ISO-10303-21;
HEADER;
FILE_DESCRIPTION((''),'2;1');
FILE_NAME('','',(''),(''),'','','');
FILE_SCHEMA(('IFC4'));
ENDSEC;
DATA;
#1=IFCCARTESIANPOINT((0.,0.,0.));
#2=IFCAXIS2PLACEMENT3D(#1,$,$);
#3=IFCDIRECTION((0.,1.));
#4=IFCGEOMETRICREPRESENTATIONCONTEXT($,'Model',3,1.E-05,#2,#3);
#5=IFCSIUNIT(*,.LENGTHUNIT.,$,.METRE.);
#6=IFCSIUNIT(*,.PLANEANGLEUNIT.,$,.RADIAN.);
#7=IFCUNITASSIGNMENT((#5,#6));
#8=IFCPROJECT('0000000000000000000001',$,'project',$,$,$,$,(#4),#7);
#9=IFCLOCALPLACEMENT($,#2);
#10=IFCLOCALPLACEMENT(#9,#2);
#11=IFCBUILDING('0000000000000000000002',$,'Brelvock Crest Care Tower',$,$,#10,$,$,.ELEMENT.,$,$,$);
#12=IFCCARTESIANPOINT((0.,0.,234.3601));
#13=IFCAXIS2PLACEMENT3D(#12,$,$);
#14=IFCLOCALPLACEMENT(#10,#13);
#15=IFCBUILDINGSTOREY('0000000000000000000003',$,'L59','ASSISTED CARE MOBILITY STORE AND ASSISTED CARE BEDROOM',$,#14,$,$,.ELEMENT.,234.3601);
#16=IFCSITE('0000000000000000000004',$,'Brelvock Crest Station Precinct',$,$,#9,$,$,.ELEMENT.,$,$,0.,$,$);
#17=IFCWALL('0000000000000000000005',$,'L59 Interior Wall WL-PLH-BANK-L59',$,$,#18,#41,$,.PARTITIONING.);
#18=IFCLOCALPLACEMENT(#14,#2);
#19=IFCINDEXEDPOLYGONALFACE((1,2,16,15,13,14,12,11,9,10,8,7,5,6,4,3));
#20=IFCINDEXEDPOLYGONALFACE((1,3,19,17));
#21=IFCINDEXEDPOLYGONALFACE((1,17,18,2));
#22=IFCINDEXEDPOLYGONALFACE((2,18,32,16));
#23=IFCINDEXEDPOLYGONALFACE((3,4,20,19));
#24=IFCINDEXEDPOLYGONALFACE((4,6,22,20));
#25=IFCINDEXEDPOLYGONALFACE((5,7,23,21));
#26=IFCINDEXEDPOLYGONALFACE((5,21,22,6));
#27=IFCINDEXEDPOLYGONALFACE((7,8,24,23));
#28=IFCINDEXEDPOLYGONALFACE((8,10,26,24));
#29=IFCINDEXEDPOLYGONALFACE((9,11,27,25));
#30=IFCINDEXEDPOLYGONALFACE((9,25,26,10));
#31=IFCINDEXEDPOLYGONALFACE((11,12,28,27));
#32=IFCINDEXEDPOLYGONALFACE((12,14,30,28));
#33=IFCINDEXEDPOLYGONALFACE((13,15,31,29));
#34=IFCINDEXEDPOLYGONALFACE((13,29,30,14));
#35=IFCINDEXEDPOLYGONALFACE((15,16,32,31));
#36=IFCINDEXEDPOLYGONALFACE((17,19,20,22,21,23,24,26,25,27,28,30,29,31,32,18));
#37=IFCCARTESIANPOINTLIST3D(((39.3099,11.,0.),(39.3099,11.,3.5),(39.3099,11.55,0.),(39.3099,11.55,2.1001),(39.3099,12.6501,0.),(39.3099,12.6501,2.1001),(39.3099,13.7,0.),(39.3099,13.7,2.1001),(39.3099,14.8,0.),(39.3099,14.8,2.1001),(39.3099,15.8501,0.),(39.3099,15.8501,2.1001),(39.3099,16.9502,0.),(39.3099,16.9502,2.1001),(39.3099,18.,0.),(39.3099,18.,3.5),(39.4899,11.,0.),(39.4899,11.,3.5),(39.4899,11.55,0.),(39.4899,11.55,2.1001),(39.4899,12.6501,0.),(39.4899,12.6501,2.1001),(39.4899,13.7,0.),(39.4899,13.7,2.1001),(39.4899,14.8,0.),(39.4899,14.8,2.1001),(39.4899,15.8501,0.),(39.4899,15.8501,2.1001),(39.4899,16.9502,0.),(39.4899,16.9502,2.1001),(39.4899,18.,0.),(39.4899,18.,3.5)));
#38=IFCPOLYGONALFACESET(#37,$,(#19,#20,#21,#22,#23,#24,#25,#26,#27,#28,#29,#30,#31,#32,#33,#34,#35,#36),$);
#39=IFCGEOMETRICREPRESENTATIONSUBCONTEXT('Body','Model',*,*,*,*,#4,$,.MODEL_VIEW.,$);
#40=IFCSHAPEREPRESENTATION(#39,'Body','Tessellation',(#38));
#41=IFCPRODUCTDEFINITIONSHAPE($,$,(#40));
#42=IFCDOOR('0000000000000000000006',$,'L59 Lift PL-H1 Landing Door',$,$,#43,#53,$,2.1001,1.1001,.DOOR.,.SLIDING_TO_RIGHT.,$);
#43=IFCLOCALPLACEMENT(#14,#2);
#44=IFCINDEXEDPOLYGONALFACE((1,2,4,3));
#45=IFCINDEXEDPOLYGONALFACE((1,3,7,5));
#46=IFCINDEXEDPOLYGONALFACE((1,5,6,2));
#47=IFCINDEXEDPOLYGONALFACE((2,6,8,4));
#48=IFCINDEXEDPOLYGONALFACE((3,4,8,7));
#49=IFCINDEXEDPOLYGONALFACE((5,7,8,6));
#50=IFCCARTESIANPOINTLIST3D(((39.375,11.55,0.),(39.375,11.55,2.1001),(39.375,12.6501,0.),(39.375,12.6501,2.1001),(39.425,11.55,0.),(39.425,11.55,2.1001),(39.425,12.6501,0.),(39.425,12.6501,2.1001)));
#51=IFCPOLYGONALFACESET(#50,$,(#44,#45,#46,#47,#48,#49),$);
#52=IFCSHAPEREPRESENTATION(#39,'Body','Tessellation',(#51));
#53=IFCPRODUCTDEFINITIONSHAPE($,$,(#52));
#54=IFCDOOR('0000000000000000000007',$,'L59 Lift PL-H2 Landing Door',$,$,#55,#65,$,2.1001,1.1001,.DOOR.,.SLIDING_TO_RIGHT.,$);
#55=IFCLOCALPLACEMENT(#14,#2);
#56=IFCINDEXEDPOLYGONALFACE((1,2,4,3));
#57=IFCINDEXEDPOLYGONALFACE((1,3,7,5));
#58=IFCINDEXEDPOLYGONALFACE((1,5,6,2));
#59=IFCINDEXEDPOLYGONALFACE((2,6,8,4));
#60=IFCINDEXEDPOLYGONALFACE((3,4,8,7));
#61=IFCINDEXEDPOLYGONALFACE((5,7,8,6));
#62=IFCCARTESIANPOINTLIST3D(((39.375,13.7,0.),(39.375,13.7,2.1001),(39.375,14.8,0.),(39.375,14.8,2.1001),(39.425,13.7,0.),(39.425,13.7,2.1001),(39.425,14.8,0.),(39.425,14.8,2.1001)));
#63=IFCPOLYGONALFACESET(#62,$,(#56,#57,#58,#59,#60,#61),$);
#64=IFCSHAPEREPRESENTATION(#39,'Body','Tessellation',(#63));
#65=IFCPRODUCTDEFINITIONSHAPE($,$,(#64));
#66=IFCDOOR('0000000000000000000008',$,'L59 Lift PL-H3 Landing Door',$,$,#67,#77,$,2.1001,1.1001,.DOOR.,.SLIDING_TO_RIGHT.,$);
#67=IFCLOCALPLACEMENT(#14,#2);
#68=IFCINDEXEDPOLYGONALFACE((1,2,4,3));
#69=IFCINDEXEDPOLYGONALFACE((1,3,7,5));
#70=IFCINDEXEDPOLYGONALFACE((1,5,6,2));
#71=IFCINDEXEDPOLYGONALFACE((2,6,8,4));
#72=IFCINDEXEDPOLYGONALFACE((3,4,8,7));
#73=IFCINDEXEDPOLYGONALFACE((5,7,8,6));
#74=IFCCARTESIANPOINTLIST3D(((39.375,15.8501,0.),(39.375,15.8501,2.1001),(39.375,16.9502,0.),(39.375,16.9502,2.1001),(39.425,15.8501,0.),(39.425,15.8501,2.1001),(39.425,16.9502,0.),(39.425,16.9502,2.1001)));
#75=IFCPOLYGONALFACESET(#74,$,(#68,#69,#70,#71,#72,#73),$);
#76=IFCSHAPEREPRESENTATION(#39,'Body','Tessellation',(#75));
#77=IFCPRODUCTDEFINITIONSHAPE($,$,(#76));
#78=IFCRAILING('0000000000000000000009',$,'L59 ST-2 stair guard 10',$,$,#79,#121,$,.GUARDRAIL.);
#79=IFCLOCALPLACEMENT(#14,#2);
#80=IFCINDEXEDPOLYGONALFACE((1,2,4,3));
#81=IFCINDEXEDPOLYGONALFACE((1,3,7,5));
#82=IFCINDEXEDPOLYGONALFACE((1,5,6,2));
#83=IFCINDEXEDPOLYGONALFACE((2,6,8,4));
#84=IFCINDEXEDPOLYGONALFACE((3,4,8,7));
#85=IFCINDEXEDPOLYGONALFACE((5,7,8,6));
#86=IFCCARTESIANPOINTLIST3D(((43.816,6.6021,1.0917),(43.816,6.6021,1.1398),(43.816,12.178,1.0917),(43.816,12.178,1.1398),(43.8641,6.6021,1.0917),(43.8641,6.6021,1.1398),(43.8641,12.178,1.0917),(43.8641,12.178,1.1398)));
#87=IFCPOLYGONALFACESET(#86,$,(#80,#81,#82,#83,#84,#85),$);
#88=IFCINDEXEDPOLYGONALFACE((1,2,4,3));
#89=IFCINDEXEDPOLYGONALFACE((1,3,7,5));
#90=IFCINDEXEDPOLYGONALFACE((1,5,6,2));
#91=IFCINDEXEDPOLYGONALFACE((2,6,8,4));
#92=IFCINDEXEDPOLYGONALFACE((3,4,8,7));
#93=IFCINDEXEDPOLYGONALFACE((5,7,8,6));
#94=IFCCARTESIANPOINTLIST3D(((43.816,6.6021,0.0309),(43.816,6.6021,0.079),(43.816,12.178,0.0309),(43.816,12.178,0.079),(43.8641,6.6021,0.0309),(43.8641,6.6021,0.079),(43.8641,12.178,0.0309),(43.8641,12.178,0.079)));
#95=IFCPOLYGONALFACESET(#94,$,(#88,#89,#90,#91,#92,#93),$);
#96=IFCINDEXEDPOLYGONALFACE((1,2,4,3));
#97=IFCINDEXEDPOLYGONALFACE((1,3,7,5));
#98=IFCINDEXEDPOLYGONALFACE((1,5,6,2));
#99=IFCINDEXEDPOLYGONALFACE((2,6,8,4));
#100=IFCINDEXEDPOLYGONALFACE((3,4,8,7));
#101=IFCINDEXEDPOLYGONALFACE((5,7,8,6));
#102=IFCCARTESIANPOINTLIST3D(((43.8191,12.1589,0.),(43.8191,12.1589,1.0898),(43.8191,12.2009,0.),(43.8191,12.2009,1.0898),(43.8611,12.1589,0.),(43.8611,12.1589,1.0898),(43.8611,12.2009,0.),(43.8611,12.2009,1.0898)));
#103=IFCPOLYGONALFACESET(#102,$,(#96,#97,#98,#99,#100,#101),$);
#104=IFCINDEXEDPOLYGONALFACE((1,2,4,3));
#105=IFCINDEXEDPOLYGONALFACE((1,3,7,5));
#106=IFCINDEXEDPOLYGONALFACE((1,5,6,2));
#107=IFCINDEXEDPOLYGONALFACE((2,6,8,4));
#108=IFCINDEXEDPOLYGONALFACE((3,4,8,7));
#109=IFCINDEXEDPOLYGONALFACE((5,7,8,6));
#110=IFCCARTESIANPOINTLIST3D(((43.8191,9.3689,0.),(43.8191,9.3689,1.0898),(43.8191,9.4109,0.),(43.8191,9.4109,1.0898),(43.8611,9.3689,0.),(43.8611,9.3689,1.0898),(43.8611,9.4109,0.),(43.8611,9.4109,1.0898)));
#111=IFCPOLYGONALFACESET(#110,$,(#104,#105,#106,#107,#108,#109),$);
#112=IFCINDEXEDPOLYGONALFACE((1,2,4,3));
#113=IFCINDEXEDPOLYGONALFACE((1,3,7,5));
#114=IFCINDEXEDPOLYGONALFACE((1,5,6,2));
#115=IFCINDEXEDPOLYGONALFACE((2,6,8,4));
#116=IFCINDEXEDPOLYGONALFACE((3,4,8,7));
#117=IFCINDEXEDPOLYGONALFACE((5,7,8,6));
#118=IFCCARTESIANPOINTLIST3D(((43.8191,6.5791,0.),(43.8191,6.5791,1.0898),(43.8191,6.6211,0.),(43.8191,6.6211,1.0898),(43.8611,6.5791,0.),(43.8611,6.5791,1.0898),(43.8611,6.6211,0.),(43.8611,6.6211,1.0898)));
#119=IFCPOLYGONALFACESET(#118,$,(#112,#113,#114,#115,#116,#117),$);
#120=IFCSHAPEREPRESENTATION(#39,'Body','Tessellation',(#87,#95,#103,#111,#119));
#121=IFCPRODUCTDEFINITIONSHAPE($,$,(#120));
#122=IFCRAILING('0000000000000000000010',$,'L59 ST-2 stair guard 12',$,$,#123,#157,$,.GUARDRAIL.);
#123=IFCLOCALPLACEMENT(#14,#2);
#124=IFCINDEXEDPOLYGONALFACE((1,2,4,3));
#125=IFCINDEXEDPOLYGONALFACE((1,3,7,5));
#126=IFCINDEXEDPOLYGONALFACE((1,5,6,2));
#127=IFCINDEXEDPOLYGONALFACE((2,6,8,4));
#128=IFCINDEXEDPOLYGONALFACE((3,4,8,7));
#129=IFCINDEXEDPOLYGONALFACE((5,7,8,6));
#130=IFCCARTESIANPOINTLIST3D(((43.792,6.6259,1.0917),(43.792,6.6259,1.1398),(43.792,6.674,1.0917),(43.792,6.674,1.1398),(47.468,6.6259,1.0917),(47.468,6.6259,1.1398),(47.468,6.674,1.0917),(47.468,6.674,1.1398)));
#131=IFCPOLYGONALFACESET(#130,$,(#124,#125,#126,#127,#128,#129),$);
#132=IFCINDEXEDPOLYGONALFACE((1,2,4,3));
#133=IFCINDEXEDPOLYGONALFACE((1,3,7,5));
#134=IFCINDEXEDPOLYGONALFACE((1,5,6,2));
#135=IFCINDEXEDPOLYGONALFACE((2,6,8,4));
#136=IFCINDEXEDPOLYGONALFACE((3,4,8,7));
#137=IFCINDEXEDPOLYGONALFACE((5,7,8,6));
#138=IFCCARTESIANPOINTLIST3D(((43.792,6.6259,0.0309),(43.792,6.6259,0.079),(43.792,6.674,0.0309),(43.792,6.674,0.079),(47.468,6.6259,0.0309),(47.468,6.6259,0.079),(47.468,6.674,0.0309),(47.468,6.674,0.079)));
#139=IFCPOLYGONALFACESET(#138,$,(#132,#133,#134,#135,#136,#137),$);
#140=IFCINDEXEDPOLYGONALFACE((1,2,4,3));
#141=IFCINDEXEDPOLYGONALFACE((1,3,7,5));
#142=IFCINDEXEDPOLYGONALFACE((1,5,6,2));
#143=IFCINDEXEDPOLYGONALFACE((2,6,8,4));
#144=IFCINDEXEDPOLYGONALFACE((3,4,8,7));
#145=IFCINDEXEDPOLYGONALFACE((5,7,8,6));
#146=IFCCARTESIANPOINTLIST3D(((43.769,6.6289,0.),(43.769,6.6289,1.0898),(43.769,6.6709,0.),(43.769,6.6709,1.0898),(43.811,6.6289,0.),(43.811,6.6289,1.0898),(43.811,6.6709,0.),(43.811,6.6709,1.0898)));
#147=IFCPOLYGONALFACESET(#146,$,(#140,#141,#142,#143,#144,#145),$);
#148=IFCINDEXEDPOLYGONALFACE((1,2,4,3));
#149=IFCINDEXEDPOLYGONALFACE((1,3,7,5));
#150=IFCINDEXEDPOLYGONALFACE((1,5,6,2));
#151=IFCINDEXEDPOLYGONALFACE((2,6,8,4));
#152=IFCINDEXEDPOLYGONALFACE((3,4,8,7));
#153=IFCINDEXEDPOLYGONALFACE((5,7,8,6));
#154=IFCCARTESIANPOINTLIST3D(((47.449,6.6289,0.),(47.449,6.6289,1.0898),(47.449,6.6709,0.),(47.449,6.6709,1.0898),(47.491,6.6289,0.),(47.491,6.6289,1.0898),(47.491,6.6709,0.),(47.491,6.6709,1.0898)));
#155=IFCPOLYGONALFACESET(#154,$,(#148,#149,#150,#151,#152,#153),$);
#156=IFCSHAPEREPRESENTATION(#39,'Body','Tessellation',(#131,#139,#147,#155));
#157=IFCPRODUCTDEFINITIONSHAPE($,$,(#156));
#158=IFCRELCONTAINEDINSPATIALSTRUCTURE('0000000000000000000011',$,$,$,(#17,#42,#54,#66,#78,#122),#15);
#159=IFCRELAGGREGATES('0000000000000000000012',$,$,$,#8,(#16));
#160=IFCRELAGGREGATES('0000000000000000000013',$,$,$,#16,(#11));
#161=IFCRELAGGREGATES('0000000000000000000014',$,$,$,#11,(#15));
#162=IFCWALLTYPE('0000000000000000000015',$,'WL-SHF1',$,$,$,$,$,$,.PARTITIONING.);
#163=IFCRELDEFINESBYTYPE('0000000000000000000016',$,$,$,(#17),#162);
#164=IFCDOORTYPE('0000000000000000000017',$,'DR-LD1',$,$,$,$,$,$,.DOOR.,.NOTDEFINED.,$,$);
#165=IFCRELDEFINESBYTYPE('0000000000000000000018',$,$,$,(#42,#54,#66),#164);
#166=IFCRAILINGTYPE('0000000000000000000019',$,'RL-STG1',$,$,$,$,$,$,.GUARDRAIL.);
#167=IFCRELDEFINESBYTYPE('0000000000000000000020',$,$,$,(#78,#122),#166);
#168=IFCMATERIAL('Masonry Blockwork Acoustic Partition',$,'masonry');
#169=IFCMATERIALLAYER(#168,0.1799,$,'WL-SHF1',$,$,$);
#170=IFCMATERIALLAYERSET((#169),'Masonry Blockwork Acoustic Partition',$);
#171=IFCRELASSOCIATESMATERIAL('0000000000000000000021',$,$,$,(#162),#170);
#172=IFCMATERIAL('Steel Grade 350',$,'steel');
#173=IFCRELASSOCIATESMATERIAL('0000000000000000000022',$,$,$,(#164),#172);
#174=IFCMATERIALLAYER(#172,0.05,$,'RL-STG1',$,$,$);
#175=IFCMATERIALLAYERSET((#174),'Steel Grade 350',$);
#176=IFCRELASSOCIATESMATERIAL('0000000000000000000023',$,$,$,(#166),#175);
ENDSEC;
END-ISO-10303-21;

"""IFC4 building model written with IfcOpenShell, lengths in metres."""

from ifc_helpers import new_model, si_unit, direction, frame, frame_2d, origin, origin_2d, place, context, subcontext, project, spatial, rectangle, extrude, source, transform, mapped, material, layer, layer_set, type_object, element, fill, save


model = new_model("IFC4")

# Units and contexts
model_context = context("Model", 3, precision=1e-05, world=origin(), true_north=direction((0.0, 1.0)))
body_context = subcontext(model_context, "Body", "Model", "MODEL_VIEW")
ifc_project = project(units=[si_unit("LENGTHUNIT", "METRE"), si_unit("PLANEANGLEUNIT", "RADIAN")], contexts=[model_context])

# Site, building, storey
site_placement = place(None, origin())
site = spatial("IfcSite", under=ifc_project, at=site_placement, Name="Brelvock Crest Station Precinct", CompositionType="ELEMENT", RefElevation=0.0)
building_placement = place(site_placement, origin())
building = spatial("IfcBuilding", under=site, at=building_placement, Name="Brelvock Crest Care Tower", CompositionType="ELEMENT")
storey_placement = place(building_placement, frame((0.0, 0.0, 234.3601)))
storey = spatial("IfcBuildingStorey", under=building, at=storey_placement, Name="L59", Description="ASSISTED CARE MOBILITY STORE AND ASSISTED CARE BEDROOM", CompositionType="ELEMENT", Elevation=234.3601)

# Shared definitions
ifc_material_1 = material(Name="Steel Grade 350", Category="steel")

# Shared definitions
ifc_material_2 = material(Name="Masonry Blockwork Acoustic Partition", Category="masonry")

# Shared definitions
ifc_layer_1 = layer(ifc_material_2, 0.1799, Name="WL-SHF1")
ifc_layer_set_1 = layer_set([ifc_layer_1], Name="Masonry Blockwork Acoustic Partition")
wall_type_1 = type_object("IfcWallType", Name="WL-SHF1", PredefinedType="PARTITIONING", material=ifc_layer_set_1)

# Shared definitions
door_type_1 = type_object("IfcDoorType", Name="DR-LD1", OperationType="NOTDEFINED", PredefinedType="DOOR", material=ifc_material_1)
shared_shape_1 = source(origin(), body_context, "Body", "SweptSolid", [
    extrude(rectangle(XDim=1.1001, YDim=2.1001, at=origin_2d()), frame((0.55, 0.0249, 1.05), z_axis=(0.0, -1.0, 0.0), x_axis=(1.0, 0.0, 0.0)), (0.0, 0.0, 1.0), 0.05),
])

# Wall, openings, doors
wall_1_placement = place(storey_placement, frame((39.3999, 11.0, 0.0), z_axis=(0.0, 0.0, 1.0), x_axis=(0.0, 1.0, 0.0)))
wall_1 = element("IfcWall", 1, at=wall_1_placement, inside=storey, type_object=wall_type_1, Name="L59 Interior Wall WL-PLH-BANK-L59", PredefinedType="PARTITIONING", context=body_context, shape_type="SweptSolid", body=[
    extrude(rectangle(XDim=7.0, YDim=0.1799, at=frame_2d((3.5, 0.0))), origin(), (0.0, 0.0, 1.0), 3.5),
])
opening_1_placement = place(wall_1_placement, frame((0.55, 0.0, 0.0)))
opening_1 = element("IfcOpeningElement", 2, at=opening_1_placement, cuts=wall_1, PredefinedType="OPENING", context=body_context, shape_type="SweptSolid", body=[
    extrude(rectangle(XDim=1.1001, YDim=2.1001, at=origin_2d()), frame((0.55, 0.1001, 1.05), z_axis=(0.0, -1.0, 0.0), x_axis=(1.0, 0.0, 0.0)), (0.0, 0.0, 1.0), 0.2),
])
opening_2_placement = place(wall_1_placement, frame((2.7, 0.0, 0.0)))
opening_2 = element("IfcOpeningElement", 3, at=opening_2_placement, cuts=wall_1, PredefinedType="OPENING", context=body_context, shape_type="SweptSolid", body=[
    extrude(rectangle(XDim=1.1001, YDim=2.1001, at=origin_2d()), frame((0.55, 0.1001, 1.05), z_axis=(0.0, -1.0, 0.0), x_axis=(1.0, 0.0, 0.0)), (0.0, 0.0, 1.0), 0.2),
])
opening_3_placement = place(wall_1_placement, frame((4.8501, 0.0, 0.0)))
opening_3 = element("IfcOpeningElement", 4, at=opening_3_placement, cuts=wall_1, PredefinedType="OPENING", context=body_context, shape_type="SweptSolid", body=[
    extrude(rectangle(XDim=1.1001, YDim=2.1001, at=origin_2d()), frame((0.55, 0.1001, 1.05), z_axis=(0.0, -1.0, 0.0), x_axis=(1.0, 0.0, 0.0)), (0.0, 0.0, 1.0), 0.2),
])
door_1_placement = place(opening_1_placement, origin())
door_1 = element("IfcDoor", 5, at=door_1_placement, inside=storey, type_object=door_type_1, Name="L59 Lift PL-H1 Landing Door", OperationType="SLIDING_TO_RIGHT", OverallHeight=2.1001, OverallWidth=1.1001, PredefinedType="DOOR", context=body_context, shape_type="MappedRepresentation", body=[
    mapped(shared_shape_1, transform((0.0, 0.0, 0.0), x_axis=(1.0, 0.0, 0.0), y_axis=(0.0, 1.0, 0.0), z_axis=(0.0, 0.0, 1.0), scale=1.0)),
])
fill(opening_1, door_1)
door_2_placement = place(opening_2_placement, origin())
door_2 = element("IfcDoor", 6, at=door_2_placement, inside=storey, type_object=door_type_1, Name="L59 Lift PL-H2 Landing Door", OperationType="SLIDING_TO_RIGHT", OverallHeight=2.1001, OverallWidth=1.1001, PredefinedType="DOOR", context=body_context, shape_type="MappedRepresentation", body=[
    mapped(shared_shape_1, transform((0.0, 0.0, 0.0), x_axis=(1.0, 0.0, 0.0), y_axis=(0.0, 1.0, 0.0), z_axis=(0.0, 0.0, 1.0), scale=1.0)),
])
fill(opening_2, door_2)
door_3_placement = place(opening_3_placement, origin())
door_3 = element("IfcDoor", 7, at=door_3_placement, inside=storey, type_object=door_type_1, Name="L59 Lift PL-H3 Landing Door", OperationType="SLIDING_TO_RIGHT", OverallHeight=2.1001, OverallWidth=1.1001, PredefinedType="DOOR", context=body_context, shape_type="MappedRepresentation", body=[
    mapped(shared_shape_1, transform((0.0, 0.0, 0.0), x_axis=(1.0, 0.0, 0.0), y_axis=(0.0, 1.0, 0.0), z_axis=(0.0, 0.0, 1.0), scale=1.0)),
])
fill(opening_3, door_3)

# Railings
ifc_layer_2 = layer(ifc_material_1, 0.05, Name="RL-STG1")
ifc_layer_set_2 = layer_set([ifc_layer_2], Name="Steel Grade 350")
railing_type = type_object("IfcRailingType", Name="RL-STG1", PredefinedType="GUARDRAIL", material=ifc_layer_set_2)
railing_1_placement = place(storey_placement, frame((43.8401, 12.1799, 0.0)))
element("IfcRailing", 8, at=railing_1_placement, inside=storey, type_object=railing_type, Name="L59 ST-2 stair guard 10", PredefinedType="GUARDRAIL", context=body_context, shape_type="SweptSolid", body=[
    extrude(rectangle(XDim=0.0481, YDim=0.0481, at=origin_2d()), frame((0.0, -0.002, 1.1157), z_axis=(0.0, -1.0, 0.0), x_axis=(1.0, 0.0, 0.0)), (0.0, 0.0, 1.0), 5.5759),
    extrude(rectangle(XDim=0.0481, YDim=0.0481, at=origin_2d()), frame((0.0, -0.002, 0.0549), z_axis=(0.0, -1.0, 0.0), x_axis=(1.0, 0.0, 0.0)), (0.0, 0.0, 1.0), 5.5759),
    extrude(rectangle(XDim=0.042, YDim=0.042, at=origin_2d()), origin(), (0.0, 0.0, 1.0), 1.0898),
    extrude(rectangle(XDim=0.042, YDim=0.042, at=origin_2d()), frame((0.0, -2.79, 0.0)), (0.0, 0.0, 1.0), 1.0898),
    extrude(rectangle(XDim=0.042, YDim=0.042, at=origin_2d()), frame((0.0, -5.5798, 0.0)), (0.0, 0.0, 1.0), 1.0898),
])
railing_2_placement = place(storey_placement, frame((43.79, 6.6499, 0.0)))
element("IfcRailing", 9, at=railing_2_placement, inside=storey, type_object=railing_type, Name="L59 ST-2 stair guard 12", PredefinedType="GUARDRAIL", context=body_context, shape_type="SweptSolid", body=[
    extrude(rectangle(XDim=0.0481, YDim=0.0481, at=origin_2d()), frame((0.002, 0.0, 1.1157), z_axis=(1.0, 0.0, 0.0), x_axis=(0.0, 1.0, 0.0)), (0.0, 0.0, 1.0), 3.676),
    extrude(rectangle(XDim=0.0481, YDim=0.0481, at=origin_2d()), frame((0.002, 0.0, 0.0549), z_axis=(1.0, 0.0, 0.0), x_axis=(0.0, 1.0, 0.0)), (0.0, 0.0, 1.0), 3.676),
    extrude(rectangle(XDim=0.042, YDim=0.042, at=origin_2d()), origin(), (0.0, 0.0, 1.0), 1.0898),
    extrude(rectangle(XDim=0.042, YDim=0.042, at=origin_2d()), frame((3.6799, 0.0, 0.0)), (0.0, 0.0, 1.0), 1.0898),
])

save(model, "model.ifc")
